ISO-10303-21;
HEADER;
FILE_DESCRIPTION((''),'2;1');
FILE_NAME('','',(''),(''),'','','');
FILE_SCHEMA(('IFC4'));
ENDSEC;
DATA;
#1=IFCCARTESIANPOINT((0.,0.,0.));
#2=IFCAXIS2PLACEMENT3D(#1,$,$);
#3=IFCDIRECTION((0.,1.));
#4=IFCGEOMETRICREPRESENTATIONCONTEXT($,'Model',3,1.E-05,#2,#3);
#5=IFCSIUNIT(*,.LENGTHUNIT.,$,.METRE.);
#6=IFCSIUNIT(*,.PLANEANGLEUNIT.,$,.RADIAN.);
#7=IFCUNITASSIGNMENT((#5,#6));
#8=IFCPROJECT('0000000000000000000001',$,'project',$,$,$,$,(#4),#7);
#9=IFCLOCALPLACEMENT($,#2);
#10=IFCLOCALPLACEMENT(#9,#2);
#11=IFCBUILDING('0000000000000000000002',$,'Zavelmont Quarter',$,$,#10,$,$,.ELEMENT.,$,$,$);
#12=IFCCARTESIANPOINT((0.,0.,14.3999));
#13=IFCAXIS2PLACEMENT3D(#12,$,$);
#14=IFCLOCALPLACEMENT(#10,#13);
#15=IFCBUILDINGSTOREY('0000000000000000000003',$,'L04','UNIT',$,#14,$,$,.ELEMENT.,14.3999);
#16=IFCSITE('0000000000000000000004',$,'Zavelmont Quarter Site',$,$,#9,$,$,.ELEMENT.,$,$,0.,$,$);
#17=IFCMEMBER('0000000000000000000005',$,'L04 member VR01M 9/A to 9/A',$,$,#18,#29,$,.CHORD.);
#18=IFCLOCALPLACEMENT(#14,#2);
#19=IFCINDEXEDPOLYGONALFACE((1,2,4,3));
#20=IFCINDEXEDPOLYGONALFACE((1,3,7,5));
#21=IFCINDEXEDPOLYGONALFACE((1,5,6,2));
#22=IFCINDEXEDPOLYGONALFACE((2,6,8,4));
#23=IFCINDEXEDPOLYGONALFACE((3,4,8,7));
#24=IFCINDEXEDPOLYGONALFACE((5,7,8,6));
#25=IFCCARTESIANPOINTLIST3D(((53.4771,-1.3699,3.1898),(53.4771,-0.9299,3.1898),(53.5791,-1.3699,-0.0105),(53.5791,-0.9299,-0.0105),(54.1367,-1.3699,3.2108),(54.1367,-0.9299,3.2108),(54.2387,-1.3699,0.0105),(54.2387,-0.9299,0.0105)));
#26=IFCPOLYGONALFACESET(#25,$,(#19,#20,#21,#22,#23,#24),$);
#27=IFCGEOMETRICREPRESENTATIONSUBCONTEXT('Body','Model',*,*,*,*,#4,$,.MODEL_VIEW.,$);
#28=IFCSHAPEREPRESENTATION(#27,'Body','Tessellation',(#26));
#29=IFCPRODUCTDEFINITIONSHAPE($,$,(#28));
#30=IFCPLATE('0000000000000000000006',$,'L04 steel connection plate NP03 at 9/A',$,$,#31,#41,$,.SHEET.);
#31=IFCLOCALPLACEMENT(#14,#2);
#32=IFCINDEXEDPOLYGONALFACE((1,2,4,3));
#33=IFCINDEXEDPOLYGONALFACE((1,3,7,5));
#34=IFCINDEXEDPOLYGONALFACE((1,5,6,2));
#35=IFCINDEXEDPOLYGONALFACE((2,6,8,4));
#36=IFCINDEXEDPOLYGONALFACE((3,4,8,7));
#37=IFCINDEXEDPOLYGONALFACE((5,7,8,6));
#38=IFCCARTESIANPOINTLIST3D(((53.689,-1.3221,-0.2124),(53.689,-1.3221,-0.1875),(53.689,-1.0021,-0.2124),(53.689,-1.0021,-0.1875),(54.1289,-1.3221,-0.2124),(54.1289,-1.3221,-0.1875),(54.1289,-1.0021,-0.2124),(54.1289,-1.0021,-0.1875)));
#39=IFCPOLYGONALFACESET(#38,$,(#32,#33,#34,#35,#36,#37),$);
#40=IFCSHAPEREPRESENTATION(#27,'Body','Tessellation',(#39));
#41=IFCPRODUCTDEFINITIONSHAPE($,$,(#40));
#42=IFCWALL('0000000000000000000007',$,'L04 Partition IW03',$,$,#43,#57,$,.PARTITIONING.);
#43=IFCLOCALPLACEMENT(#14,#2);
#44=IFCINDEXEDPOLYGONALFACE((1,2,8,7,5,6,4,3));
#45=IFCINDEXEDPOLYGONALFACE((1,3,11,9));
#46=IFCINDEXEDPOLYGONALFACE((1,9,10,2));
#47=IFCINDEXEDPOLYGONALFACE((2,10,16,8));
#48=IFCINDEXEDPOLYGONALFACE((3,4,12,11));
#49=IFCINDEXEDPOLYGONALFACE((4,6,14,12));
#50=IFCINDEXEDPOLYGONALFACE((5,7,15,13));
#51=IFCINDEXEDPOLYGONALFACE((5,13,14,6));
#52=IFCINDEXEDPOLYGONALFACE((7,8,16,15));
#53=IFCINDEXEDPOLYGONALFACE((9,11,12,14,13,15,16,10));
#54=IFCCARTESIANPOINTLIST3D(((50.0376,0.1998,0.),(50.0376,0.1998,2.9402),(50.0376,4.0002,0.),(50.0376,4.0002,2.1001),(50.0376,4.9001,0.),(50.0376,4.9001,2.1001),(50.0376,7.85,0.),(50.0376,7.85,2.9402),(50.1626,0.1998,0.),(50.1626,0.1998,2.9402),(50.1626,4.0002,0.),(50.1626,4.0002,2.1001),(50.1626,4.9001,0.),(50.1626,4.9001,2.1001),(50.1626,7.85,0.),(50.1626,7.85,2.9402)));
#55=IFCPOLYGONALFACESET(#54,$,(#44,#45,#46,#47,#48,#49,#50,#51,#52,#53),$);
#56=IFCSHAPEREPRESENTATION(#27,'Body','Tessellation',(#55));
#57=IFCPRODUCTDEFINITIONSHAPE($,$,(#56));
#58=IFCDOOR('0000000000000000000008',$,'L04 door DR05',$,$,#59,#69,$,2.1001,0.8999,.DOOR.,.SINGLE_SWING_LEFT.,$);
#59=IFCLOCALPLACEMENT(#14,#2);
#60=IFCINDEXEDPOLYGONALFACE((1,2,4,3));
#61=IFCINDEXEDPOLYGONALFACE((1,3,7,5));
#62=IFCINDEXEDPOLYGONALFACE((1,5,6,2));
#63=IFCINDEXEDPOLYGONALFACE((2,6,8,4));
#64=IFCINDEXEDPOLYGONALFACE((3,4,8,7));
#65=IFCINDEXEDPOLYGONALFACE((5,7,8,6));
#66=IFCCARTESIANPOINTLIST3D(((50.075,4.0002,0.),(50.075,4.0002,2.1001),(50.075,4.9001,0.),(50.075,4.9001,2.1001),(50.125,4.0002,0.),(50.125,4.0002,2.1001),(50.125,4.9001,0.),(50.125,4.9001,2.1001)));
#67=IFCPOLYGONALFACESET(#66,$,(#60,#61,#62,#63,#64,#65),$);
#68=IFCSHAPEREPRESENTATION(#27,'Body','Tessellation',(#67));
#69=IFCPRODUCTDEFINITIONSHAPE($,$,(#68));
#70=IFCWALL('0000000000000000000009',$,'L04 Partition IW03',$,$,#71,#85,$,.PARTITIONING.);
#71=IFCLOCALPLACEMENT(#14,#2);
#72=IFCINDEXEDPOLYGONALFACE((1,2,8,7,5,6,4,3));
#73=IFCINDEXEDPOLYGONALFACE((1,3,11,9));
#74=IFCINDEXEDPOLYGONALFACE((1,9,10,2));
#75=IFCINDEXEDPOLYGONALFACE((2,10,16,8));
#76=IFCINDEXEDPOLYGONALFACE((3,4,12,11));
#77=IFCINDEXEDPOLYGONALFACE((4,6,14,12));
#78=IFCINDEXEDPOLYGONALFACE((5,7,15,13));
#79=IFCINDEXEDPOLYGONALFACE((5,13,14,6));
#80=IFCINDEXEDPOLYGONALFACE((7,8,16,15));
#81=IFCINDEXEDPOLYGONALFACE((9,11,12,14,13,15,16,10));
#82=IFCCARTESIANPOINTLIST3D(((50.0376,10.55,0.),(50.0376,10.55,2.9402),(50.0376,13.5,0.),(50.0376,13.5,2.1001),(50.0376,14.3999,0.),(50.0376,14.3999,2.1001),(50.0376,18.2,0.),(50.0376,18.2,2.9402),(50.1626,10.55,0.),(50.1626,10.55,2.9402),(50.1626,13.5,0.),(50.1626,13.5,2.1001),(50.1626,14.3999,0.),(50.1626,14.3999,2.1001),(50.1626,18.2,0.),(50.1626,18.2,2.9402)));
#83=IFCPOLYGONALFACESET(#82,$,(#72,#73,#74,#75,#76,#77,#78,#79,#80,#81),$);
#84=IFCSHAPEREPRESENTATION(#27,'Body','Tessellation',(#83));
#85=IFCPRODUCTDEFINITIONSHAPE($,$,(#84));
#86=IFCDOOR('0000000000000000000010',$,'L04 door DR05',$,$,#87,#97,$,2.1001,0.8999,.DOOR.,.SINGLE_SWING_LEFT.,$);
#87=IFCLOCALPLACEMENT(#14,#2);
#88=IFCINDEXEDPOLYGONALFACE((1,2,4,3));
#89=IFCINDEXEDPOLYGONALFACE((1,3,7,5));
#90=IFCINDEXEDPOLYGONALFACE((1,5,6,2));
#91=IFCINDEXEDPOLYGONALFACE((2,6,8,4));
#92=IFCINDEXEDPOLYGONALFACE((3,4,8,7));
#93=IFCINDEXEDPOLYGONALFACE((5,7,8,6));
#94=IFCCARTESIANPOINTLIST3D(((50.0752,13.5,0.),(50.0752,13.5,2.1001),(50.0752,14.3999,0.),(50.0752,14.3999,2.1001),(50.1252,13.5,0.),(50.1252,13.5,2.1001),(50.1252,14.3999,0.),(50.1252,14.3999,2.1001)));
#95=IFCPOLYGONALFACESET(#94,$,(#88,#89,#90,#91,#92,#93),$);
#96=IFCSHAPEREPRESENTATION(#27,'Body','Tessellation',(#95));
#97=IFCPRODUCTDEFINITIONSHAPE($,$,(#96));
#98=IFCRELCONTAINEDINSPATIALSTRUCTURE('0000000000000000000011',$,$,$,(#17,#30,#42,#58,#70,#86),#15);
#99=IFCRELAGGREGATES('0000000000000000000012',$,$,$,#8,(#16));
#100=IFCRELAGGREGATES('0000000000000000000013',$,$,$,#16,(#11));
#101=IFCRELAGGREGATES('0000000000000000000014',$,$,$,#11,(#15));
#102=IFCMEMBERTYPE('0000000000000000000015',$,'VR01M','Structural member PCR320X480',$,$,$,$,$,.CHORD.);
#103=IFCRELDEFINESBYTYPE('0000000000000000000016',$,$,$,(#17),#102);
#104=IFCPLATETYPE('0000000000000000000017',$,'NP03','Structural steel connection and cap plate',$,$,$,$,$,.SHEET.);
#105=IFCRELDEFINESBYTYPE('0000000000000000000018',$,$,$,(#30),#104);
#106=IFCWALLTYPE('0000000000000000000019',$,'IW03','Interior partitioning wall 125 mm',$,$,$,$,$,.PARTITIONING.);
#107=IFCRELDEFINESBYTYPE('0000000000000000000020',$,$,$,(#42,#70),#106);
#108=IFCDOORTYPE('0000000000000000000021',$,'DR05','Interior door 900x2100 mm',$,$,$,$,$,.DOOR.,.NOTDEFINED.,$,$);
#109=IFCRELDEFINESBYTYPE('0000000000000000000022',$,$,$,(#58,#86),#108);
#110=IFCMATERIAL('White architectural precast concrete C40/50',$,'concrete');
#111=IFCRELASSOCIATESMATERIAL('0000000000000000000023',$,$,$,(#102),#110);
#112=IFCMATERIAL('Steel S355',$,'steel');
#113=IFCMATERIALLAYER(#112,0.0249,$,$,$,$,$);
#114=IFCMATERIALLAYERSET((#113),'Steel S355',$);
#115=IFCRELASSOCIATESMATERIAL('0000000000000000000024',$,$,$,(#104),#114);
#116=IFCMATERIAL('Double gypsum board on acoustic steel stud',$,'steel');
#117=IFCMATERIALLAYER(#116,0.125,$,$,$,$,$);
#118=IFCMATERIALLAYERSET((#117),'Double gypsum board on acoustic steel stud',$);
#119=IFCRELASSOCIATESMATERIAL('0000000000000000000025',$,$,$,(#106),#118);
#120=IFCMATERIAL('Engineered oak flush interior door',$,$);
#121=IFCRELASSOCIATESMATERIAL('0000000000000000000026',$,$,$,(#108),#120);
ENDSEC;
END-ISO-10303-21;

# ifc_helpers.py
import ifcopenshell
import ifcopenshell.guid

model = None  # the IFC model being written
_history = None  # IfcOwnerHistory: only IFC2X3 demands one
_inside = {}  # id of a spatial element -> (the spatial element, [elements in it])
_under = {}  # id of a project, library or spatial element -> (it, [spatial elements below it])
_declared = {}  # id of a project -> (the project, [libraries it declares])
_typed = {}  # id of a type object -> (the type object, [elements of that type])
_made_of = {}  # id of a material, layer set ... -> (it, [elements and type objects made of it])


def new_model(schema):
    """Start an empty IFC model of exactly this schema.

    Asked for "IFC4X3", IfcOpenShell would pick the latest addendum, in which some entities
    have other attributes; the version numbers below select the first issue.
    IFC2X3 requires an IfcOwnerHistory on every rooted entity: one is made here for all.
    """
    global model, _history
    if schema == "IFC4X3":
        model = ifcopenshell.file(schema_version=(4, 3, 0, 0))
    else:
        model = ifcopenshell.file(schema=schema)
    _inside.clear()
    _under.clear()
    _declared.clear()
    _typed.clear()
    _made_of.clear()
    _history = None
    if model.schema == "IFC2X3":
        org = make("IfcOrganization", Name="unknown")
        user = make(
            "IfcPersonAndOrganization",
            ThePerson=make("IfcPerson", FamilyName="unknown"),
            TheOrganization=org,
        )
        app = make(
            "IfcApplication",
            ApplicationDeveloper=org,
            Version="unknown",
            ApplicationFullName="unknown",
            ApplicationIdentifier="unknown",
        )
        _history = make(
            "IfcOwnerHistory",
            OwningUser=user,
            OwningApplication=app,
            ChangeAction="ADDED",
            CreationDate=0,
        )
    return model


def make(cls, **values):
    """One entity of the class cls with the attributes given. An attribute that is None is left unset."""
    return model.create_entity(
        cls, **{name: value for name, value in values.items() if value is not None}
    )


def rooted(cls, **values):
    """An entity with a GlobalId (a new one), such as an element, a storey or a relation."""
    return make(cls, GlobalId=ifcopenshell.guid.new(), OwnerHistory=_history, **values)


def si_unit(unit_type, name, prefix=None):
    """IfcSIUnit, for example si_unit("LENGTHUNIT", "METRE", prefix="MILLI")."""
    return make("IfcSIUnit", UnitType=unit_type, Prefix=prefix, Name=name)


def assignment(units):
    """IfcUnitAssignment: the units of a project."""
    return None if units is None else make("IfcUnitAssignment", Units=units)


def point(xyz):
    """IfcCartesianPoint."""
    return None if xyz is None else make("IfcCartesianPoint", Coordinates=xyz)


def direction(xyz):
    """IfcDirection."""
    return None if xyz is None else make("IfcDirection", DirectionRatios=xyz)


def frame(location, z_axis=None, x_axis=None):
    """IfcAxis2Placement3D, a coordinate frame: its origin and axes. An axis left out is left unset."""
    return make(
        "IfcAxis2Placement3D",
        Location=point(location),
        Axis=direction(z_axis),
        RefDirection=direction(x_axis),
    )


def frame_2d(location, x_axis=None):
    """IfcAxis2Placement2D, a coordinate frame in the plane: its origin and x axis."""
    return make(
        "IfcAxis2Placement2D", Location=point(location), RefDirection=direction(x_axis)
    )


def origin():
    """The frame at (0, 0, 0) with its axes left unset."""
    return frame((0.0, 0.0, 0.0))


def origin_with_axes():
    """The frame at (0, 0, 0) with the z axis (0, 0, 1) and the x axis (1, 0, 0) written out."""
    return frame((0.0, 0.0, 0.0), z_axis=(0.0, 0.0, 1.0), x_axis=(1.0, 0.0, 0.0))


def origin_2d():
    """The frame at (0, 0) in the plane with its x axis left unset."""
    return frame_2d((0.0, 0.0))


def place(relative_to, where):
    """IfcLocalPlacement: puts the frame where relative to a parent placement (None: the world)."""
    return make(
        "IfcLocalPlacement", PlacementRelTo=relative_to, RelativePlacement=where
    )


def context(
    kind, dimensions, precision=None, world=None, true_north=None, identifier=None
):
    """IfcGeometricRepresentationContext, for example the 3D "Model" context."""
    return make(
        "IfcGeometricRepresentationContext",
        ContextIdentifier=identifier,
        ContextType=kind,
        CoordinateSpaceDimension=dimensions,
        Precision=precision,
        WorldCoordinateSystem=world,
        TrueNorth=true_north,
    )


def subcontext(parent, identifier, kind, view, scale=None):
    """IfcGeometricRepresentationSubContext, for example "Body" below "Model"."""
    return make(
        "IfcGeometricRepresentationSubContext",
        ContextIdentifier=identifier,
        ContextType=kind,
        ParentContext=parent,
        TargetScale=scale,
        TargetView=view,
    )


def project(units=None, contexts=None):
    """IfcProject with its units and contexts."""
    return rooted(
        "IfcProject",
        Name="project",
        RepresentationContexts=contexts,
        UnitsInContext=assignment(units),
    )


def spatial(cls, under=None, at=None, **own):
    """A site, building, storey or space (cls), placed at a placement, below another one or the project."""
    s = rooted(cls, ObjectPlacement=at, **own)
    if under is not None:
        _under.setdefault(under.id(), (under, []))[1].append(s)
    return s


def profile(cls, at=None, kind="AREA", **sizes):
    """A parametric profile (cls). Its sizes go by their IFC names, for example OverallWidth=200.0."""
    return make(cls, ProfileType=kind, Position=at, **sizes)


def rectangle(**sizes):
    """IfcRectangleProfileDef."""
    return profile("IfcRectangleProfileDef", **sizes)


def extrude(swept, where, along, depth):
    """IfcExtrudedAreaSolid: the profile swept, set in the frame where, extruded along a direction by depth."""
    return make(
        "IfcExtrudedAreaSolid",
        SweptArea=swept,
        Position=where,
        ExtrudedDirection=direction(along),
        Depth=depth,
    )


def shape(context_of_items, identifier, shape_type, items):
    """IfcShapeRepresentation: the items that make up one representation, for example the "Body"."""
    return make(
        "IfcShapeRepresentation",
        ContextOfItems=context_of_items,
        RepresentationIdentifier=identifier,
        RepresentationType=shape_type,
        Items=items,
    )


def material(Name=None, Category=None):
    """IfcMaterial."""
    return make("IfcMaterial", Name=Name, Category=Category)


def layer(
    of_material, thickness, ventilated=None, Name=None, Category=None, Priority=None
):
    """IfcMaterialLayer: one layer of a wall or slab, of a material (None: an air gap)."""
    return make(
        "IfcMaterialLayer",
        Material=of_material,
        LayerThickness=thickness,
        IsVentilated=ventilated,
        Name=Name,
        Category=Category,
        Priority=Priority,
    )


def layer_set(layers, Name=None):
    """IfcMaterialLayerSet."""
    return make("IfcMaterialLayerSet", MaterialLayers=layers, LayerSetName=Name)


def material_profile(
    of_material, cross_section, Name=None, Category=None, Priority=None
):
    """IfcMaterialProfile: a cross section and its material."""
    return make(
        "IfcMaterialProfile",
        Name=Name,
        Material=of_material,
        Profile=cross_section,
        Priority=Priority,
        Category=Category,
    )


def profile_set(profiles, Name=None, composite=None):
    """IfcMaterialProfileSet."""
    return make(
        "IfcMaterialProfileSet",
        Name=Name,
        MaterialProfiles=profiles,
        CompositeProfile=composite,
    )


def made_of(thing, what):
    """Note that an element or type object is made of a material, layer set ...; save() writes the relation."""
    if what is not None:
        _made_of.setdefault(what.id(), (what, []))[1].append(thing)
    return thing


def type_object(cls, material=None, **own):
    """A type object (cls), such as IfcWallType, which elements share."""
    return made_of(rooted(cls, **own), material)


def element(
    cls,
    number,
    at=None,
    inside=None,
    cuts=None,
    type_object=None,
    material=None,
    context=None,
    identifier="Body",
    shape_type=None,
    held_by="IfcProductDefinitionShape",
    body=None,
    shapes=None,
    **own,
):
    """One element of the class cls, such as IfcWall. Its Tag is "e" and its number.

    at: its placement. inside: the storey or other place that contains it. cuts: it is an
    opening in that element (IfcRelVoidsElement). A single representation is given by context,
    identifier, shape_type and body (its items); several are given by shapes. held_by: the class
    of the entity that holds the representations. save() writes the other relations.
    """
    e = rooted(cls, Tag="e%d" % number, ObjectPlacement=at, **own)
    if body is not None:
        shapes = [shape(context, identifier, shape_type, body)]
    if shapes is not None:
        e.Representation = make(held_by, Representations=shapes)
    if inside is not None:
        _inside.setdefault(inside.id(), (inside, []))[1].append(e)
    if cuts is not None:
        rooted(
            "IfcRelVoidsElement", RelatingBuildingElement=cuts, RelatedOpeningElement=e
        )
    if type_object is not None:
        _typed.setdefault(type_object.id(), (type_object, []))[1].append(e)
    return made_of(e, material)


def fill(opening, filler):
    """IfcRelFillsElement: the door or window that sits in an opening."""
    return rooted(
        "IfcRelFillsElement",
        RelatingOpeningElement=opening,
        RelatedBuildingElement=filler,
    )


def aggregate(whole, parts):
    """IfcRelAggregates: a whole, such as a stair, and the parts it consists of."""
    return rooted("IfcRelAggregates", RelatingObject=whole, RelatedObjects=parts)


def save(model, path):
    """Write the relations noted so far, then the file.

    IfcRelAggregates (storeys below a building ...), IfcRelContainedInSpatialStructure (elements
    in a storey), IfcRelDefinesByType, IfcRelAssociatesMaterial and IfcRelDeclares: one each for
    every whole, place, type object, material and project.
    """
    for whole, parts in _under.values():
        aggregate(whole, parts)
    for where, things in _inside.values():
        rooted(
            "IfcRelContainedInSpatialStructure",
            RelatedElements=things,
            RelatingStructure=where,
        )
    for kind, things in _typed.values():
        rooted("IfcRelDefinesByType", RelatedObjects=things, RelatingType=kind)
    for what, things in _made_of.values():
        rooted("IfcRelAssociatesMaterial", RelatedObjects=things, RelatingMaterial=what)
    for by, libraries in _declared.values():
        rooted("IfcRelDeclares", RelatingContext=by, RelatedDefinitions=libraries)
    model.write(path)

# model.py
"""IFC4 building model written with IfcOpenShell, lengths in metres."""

from ifc_helpers import new_model, si_unit, direction, frame, frame_2d, origin, origin_with_axes, origin_2d, place, context, subcontext, project, spatial, rectangle, extrude, material, layer, layer_set, material_profile, profile_set, type_object, element, fill, save


model = new_model("IFC4")

# Units and contexts
model_context = context("Model", 3, precision=1e-05, world=origin(), true_north=direction((0.0, 1.0)))
body_context = subcontext(model_context, "Body", "Model", "MODEL_VIEW")
ifc_project = project(units=[si_unit("LENGTHUNIT", "METRE"), si_unit("PLANEANGLEUNIT", "RADIAN")], contexts=[model_context])

# Site, building, storey
site_placement = place(None, origin())
site = spatial("IfcSite", under=ifc_project, at=site_placement, Name="Zavelmont Quarter Site", CompositionType="ELEMENT", RefElevation=0.0)
building_placement = place(site_placement, origin())
building = spatial("IfcBuilding", under=site, at=building_placement, Name="Zavelmont Quarter", CompositionType="ELEMENT")
storey_placement = place(building_placement, frame((0.0, 0.0, 14.3999)))
storey = spatial("IfcBuildingStorey", under=building, at=storey_placement, Name="L04", Description="UNIT", CompositionType="ELEMENT", Elevation=14.3999)

# Shared definitions
ifc_material_1 = material(Name="Steel S355", Category="steel")

# Member
ifc_material_2 = material(Name="White architectural precast concrete C40/50", Category="concrete")
ifc_material_profile_1 = material_profile(ifc_material_2, rectangle(XDim=0.4399, YDim=0.6599, at=origin_2d()), Name="PCR320X480")
ifc_profile_set_1 = profile_set([ifc_material_profile_1], Name="White architectural precast concrete C40/50")
member_type = type_object("IfcMemberType", Name="VR01M", Description="Structural member PCR320X480", PredefinedType="CHORD", material=ifc_profile_set_1)
member_placement = place(storey_placement, frame((53.9089, -1.1499, 0.0), z_axis=(-0.031873, 0.0, 0.999492), x_axis=(0.0, -1.0, 0.0)))
element("IfcMember", 1, at=member_placement, inside=storey, type_object=member_type, Name="L04 member VR01M 9/A to 9/A", PredefinedType="CHORD", context=body_context, shape_type="SweptSolid", body=[
    extrude(rectangle(XDim=0.4399, YDim=0.6599, at=origin_2d()), origin(), (0.0, 0.0, 1.0), 3.2019),
])

# Plate
ifc_layer_1 = layer(ifc_material_1, 0.0249)
ifc_layer_set_1 = layer_set([ifc_layer_1], Name="Steel S355")
plate_type = type_object("IfcPlateType", Name="NP03", Description="Structural steel connection and cap plate", PredefinedType="SHEET", material=ifc_layer_set_1)
plate_placement = place(storey_placement, frame((53.9089, -1.1621, -0.2124), z_axis=(0.0, 0.0, 1.0), x_axis=(1.0, 0.0, 0.0)))
element("IfcPlate", 2, at=plate_placement, inside=storey, type_object=plate_type, Name="L04 steel connection plate NP03 at 9/A", PredefinedType="SHEET", context=body_context, shape_type="SweptSolid", body=[
    extrude(rectangle(XDim=0.4399, YDim=0.3201, at=origin_2d()), origin(), (0.0, 0.0, 1.0), 0.0249),
])

# Walls, openings, doors
ifc_material_3 = material(Name="Double gypsum board on acoustic steel stud", Category="steel")
ifc_layer_2 = layer(ifc_material_3, 0.125)
ifc_layer_set_2 = layer_set([ifc_layer_2], Name="Double gypsum board on acoustic steel stud")
wall_type = type_object("IfcWallType", Name="IW03", Description="Interior partitioning wall 125 mm", PredefinedType="PARTITIONING", material=ifc_layer_set_2)
wall_1_placement = place(storey_placement, frame((50.1001, 7.8501, 0.0), z_axis=(0.0, 0.0, 1.0), x_axis=(0.0, -1.0, 0.0)))
wall_1 = element("IfcWall", 3, at=wall_1_placement, inside=storey, type_object=wall_type, Name="L04 Partition IW03", PredefinedType="PARTITIONING", context=body_context, shape_type="SweptSolid", body=[
    extrude(rectangle(XDim=7.6501, YDim=0.125, at=frame_2d((3.8252, 0.0))), origin(), (0.0, 0.0, 1.0), 2.9402),
])
opening_1_placement = place(wall_1_placement, frame((2.95, 0.0, 0.0)))
opening_1 = element("IfcOpeningElement", 4, at=opening_1_placement, cuts=wall_1, PredefinedType="OPENING", context=body_context, shape_type="SweptSolid", body=[
    extrude(rectangle(XDim=0.8999, YDim=2.1001, at=frame_2d((0.45, 1.05))), frame((0.0, 0.0745, 0.0), z_axis=(0.0, -1.0, 0.0), x_axis=(1.0, 0.0, 0.0)), (0.0, 0.0, 1.0), 0.1489),
])
ifc_material_4 = material(Name="Engineered oak flush interior door")
door_type = type_object("IfcDoorType", Name="DR05", Description="Interior door 900x2100 mm", OperationType="NOTDEFINED", PredefinedType="DOOR", material=ifc_material_4)
door_1_placement = place(opening_1_placement, origin_with_axes())
door_1 = element("IfcDoor", 5, at=door_1_placement, inside=storey, type_object=door_type, Name="L04 door DR05", OperationType="SINGLE_SWING_LEFT", OverallHeight=2.1001, OverallWidth=0.8999, PredefinedType="DOOR", context=body_context, shape_type="SweptSolid", body=[
    extrude(rectangle(XDim=0.8999, YDim=2.1001, at=frame_2d((0.45, 1.05))), frame((0.0, 0.0249, 0.0), z_axis=(0.0, -1.0, 0.0), x_axis=(1.0, 0.0, 0.0)), (0.0, 0.0, 1.0), 0.05),
])
fill(opening_1, door_1)
wall_2_placement = place(storey_placement, frame((50.1001, 10.55, 0.0), z_axis=(0.0, 0.0, 1.0), x_axis=(0.0, 1.0, 0.0)))
wall_2 = element("IfcWall", 6, at=wall_2_placement, inside=storey, type_object=wall_type, Name="L04 Partition IW03", PredefinedType="PARTITIONING", context=body_context, shape_type="SweptSolid", body=[
    extrude(rectangle(XDim=7.6499, YDim=0.125, at=frame_2d((3.825, 0.0))), origin(), (0.0, 0.0, 1.0), 2.9402),
])
opening_2_placement = place(wall_2_placement, frame((2.95, 0.0, 0.0)))
opening_2 = element("IfcOpeningElement", 7, at=opening_2_placement, cuts=wall_2, PredefinedType="OPENING", context=body_context, shape_type="SweptSolid", body=[
    extrude(rectangle(XDim=0.8999, YDim=2.1001, at=frame_2d((0.45, 1.05))), frame((0.0, 0.0745, 0.0), z_axis=(0.0, -1.0, 0.0), x_axis=(1.0, 0.0, 0.0)), (0.0, 0.0, 1.0), 0.1489),
])
door_2_placement = place(opening_2_placement, origin_with_axes())
door_2 = element("IfcDoor", 8, at=door_2_placement, inside=storey, type_object=door_type, Name="L04 door DR05", OperationType="SINGLE_SWING_LEFT", OverallHeight=2.1001, OverallWidth=0.8999, PredefinedType="DOOR", context=body_context, shape_type="SweptSolid", body=[
    extrude(rectangle(XDim=0.8999, YDim=2.1001, at=frame_2d((0.45, 1.05))), frame((0.0, 0.0249, 0.0), z_axis=(0.0, -1.0, 0.0), x_axis=(1.0, 0.0, 0.0)), (0.0, 0.0, 1.0), 0.05),
])
fill(opening_2, door_2)

save(model, "model.ifc")
